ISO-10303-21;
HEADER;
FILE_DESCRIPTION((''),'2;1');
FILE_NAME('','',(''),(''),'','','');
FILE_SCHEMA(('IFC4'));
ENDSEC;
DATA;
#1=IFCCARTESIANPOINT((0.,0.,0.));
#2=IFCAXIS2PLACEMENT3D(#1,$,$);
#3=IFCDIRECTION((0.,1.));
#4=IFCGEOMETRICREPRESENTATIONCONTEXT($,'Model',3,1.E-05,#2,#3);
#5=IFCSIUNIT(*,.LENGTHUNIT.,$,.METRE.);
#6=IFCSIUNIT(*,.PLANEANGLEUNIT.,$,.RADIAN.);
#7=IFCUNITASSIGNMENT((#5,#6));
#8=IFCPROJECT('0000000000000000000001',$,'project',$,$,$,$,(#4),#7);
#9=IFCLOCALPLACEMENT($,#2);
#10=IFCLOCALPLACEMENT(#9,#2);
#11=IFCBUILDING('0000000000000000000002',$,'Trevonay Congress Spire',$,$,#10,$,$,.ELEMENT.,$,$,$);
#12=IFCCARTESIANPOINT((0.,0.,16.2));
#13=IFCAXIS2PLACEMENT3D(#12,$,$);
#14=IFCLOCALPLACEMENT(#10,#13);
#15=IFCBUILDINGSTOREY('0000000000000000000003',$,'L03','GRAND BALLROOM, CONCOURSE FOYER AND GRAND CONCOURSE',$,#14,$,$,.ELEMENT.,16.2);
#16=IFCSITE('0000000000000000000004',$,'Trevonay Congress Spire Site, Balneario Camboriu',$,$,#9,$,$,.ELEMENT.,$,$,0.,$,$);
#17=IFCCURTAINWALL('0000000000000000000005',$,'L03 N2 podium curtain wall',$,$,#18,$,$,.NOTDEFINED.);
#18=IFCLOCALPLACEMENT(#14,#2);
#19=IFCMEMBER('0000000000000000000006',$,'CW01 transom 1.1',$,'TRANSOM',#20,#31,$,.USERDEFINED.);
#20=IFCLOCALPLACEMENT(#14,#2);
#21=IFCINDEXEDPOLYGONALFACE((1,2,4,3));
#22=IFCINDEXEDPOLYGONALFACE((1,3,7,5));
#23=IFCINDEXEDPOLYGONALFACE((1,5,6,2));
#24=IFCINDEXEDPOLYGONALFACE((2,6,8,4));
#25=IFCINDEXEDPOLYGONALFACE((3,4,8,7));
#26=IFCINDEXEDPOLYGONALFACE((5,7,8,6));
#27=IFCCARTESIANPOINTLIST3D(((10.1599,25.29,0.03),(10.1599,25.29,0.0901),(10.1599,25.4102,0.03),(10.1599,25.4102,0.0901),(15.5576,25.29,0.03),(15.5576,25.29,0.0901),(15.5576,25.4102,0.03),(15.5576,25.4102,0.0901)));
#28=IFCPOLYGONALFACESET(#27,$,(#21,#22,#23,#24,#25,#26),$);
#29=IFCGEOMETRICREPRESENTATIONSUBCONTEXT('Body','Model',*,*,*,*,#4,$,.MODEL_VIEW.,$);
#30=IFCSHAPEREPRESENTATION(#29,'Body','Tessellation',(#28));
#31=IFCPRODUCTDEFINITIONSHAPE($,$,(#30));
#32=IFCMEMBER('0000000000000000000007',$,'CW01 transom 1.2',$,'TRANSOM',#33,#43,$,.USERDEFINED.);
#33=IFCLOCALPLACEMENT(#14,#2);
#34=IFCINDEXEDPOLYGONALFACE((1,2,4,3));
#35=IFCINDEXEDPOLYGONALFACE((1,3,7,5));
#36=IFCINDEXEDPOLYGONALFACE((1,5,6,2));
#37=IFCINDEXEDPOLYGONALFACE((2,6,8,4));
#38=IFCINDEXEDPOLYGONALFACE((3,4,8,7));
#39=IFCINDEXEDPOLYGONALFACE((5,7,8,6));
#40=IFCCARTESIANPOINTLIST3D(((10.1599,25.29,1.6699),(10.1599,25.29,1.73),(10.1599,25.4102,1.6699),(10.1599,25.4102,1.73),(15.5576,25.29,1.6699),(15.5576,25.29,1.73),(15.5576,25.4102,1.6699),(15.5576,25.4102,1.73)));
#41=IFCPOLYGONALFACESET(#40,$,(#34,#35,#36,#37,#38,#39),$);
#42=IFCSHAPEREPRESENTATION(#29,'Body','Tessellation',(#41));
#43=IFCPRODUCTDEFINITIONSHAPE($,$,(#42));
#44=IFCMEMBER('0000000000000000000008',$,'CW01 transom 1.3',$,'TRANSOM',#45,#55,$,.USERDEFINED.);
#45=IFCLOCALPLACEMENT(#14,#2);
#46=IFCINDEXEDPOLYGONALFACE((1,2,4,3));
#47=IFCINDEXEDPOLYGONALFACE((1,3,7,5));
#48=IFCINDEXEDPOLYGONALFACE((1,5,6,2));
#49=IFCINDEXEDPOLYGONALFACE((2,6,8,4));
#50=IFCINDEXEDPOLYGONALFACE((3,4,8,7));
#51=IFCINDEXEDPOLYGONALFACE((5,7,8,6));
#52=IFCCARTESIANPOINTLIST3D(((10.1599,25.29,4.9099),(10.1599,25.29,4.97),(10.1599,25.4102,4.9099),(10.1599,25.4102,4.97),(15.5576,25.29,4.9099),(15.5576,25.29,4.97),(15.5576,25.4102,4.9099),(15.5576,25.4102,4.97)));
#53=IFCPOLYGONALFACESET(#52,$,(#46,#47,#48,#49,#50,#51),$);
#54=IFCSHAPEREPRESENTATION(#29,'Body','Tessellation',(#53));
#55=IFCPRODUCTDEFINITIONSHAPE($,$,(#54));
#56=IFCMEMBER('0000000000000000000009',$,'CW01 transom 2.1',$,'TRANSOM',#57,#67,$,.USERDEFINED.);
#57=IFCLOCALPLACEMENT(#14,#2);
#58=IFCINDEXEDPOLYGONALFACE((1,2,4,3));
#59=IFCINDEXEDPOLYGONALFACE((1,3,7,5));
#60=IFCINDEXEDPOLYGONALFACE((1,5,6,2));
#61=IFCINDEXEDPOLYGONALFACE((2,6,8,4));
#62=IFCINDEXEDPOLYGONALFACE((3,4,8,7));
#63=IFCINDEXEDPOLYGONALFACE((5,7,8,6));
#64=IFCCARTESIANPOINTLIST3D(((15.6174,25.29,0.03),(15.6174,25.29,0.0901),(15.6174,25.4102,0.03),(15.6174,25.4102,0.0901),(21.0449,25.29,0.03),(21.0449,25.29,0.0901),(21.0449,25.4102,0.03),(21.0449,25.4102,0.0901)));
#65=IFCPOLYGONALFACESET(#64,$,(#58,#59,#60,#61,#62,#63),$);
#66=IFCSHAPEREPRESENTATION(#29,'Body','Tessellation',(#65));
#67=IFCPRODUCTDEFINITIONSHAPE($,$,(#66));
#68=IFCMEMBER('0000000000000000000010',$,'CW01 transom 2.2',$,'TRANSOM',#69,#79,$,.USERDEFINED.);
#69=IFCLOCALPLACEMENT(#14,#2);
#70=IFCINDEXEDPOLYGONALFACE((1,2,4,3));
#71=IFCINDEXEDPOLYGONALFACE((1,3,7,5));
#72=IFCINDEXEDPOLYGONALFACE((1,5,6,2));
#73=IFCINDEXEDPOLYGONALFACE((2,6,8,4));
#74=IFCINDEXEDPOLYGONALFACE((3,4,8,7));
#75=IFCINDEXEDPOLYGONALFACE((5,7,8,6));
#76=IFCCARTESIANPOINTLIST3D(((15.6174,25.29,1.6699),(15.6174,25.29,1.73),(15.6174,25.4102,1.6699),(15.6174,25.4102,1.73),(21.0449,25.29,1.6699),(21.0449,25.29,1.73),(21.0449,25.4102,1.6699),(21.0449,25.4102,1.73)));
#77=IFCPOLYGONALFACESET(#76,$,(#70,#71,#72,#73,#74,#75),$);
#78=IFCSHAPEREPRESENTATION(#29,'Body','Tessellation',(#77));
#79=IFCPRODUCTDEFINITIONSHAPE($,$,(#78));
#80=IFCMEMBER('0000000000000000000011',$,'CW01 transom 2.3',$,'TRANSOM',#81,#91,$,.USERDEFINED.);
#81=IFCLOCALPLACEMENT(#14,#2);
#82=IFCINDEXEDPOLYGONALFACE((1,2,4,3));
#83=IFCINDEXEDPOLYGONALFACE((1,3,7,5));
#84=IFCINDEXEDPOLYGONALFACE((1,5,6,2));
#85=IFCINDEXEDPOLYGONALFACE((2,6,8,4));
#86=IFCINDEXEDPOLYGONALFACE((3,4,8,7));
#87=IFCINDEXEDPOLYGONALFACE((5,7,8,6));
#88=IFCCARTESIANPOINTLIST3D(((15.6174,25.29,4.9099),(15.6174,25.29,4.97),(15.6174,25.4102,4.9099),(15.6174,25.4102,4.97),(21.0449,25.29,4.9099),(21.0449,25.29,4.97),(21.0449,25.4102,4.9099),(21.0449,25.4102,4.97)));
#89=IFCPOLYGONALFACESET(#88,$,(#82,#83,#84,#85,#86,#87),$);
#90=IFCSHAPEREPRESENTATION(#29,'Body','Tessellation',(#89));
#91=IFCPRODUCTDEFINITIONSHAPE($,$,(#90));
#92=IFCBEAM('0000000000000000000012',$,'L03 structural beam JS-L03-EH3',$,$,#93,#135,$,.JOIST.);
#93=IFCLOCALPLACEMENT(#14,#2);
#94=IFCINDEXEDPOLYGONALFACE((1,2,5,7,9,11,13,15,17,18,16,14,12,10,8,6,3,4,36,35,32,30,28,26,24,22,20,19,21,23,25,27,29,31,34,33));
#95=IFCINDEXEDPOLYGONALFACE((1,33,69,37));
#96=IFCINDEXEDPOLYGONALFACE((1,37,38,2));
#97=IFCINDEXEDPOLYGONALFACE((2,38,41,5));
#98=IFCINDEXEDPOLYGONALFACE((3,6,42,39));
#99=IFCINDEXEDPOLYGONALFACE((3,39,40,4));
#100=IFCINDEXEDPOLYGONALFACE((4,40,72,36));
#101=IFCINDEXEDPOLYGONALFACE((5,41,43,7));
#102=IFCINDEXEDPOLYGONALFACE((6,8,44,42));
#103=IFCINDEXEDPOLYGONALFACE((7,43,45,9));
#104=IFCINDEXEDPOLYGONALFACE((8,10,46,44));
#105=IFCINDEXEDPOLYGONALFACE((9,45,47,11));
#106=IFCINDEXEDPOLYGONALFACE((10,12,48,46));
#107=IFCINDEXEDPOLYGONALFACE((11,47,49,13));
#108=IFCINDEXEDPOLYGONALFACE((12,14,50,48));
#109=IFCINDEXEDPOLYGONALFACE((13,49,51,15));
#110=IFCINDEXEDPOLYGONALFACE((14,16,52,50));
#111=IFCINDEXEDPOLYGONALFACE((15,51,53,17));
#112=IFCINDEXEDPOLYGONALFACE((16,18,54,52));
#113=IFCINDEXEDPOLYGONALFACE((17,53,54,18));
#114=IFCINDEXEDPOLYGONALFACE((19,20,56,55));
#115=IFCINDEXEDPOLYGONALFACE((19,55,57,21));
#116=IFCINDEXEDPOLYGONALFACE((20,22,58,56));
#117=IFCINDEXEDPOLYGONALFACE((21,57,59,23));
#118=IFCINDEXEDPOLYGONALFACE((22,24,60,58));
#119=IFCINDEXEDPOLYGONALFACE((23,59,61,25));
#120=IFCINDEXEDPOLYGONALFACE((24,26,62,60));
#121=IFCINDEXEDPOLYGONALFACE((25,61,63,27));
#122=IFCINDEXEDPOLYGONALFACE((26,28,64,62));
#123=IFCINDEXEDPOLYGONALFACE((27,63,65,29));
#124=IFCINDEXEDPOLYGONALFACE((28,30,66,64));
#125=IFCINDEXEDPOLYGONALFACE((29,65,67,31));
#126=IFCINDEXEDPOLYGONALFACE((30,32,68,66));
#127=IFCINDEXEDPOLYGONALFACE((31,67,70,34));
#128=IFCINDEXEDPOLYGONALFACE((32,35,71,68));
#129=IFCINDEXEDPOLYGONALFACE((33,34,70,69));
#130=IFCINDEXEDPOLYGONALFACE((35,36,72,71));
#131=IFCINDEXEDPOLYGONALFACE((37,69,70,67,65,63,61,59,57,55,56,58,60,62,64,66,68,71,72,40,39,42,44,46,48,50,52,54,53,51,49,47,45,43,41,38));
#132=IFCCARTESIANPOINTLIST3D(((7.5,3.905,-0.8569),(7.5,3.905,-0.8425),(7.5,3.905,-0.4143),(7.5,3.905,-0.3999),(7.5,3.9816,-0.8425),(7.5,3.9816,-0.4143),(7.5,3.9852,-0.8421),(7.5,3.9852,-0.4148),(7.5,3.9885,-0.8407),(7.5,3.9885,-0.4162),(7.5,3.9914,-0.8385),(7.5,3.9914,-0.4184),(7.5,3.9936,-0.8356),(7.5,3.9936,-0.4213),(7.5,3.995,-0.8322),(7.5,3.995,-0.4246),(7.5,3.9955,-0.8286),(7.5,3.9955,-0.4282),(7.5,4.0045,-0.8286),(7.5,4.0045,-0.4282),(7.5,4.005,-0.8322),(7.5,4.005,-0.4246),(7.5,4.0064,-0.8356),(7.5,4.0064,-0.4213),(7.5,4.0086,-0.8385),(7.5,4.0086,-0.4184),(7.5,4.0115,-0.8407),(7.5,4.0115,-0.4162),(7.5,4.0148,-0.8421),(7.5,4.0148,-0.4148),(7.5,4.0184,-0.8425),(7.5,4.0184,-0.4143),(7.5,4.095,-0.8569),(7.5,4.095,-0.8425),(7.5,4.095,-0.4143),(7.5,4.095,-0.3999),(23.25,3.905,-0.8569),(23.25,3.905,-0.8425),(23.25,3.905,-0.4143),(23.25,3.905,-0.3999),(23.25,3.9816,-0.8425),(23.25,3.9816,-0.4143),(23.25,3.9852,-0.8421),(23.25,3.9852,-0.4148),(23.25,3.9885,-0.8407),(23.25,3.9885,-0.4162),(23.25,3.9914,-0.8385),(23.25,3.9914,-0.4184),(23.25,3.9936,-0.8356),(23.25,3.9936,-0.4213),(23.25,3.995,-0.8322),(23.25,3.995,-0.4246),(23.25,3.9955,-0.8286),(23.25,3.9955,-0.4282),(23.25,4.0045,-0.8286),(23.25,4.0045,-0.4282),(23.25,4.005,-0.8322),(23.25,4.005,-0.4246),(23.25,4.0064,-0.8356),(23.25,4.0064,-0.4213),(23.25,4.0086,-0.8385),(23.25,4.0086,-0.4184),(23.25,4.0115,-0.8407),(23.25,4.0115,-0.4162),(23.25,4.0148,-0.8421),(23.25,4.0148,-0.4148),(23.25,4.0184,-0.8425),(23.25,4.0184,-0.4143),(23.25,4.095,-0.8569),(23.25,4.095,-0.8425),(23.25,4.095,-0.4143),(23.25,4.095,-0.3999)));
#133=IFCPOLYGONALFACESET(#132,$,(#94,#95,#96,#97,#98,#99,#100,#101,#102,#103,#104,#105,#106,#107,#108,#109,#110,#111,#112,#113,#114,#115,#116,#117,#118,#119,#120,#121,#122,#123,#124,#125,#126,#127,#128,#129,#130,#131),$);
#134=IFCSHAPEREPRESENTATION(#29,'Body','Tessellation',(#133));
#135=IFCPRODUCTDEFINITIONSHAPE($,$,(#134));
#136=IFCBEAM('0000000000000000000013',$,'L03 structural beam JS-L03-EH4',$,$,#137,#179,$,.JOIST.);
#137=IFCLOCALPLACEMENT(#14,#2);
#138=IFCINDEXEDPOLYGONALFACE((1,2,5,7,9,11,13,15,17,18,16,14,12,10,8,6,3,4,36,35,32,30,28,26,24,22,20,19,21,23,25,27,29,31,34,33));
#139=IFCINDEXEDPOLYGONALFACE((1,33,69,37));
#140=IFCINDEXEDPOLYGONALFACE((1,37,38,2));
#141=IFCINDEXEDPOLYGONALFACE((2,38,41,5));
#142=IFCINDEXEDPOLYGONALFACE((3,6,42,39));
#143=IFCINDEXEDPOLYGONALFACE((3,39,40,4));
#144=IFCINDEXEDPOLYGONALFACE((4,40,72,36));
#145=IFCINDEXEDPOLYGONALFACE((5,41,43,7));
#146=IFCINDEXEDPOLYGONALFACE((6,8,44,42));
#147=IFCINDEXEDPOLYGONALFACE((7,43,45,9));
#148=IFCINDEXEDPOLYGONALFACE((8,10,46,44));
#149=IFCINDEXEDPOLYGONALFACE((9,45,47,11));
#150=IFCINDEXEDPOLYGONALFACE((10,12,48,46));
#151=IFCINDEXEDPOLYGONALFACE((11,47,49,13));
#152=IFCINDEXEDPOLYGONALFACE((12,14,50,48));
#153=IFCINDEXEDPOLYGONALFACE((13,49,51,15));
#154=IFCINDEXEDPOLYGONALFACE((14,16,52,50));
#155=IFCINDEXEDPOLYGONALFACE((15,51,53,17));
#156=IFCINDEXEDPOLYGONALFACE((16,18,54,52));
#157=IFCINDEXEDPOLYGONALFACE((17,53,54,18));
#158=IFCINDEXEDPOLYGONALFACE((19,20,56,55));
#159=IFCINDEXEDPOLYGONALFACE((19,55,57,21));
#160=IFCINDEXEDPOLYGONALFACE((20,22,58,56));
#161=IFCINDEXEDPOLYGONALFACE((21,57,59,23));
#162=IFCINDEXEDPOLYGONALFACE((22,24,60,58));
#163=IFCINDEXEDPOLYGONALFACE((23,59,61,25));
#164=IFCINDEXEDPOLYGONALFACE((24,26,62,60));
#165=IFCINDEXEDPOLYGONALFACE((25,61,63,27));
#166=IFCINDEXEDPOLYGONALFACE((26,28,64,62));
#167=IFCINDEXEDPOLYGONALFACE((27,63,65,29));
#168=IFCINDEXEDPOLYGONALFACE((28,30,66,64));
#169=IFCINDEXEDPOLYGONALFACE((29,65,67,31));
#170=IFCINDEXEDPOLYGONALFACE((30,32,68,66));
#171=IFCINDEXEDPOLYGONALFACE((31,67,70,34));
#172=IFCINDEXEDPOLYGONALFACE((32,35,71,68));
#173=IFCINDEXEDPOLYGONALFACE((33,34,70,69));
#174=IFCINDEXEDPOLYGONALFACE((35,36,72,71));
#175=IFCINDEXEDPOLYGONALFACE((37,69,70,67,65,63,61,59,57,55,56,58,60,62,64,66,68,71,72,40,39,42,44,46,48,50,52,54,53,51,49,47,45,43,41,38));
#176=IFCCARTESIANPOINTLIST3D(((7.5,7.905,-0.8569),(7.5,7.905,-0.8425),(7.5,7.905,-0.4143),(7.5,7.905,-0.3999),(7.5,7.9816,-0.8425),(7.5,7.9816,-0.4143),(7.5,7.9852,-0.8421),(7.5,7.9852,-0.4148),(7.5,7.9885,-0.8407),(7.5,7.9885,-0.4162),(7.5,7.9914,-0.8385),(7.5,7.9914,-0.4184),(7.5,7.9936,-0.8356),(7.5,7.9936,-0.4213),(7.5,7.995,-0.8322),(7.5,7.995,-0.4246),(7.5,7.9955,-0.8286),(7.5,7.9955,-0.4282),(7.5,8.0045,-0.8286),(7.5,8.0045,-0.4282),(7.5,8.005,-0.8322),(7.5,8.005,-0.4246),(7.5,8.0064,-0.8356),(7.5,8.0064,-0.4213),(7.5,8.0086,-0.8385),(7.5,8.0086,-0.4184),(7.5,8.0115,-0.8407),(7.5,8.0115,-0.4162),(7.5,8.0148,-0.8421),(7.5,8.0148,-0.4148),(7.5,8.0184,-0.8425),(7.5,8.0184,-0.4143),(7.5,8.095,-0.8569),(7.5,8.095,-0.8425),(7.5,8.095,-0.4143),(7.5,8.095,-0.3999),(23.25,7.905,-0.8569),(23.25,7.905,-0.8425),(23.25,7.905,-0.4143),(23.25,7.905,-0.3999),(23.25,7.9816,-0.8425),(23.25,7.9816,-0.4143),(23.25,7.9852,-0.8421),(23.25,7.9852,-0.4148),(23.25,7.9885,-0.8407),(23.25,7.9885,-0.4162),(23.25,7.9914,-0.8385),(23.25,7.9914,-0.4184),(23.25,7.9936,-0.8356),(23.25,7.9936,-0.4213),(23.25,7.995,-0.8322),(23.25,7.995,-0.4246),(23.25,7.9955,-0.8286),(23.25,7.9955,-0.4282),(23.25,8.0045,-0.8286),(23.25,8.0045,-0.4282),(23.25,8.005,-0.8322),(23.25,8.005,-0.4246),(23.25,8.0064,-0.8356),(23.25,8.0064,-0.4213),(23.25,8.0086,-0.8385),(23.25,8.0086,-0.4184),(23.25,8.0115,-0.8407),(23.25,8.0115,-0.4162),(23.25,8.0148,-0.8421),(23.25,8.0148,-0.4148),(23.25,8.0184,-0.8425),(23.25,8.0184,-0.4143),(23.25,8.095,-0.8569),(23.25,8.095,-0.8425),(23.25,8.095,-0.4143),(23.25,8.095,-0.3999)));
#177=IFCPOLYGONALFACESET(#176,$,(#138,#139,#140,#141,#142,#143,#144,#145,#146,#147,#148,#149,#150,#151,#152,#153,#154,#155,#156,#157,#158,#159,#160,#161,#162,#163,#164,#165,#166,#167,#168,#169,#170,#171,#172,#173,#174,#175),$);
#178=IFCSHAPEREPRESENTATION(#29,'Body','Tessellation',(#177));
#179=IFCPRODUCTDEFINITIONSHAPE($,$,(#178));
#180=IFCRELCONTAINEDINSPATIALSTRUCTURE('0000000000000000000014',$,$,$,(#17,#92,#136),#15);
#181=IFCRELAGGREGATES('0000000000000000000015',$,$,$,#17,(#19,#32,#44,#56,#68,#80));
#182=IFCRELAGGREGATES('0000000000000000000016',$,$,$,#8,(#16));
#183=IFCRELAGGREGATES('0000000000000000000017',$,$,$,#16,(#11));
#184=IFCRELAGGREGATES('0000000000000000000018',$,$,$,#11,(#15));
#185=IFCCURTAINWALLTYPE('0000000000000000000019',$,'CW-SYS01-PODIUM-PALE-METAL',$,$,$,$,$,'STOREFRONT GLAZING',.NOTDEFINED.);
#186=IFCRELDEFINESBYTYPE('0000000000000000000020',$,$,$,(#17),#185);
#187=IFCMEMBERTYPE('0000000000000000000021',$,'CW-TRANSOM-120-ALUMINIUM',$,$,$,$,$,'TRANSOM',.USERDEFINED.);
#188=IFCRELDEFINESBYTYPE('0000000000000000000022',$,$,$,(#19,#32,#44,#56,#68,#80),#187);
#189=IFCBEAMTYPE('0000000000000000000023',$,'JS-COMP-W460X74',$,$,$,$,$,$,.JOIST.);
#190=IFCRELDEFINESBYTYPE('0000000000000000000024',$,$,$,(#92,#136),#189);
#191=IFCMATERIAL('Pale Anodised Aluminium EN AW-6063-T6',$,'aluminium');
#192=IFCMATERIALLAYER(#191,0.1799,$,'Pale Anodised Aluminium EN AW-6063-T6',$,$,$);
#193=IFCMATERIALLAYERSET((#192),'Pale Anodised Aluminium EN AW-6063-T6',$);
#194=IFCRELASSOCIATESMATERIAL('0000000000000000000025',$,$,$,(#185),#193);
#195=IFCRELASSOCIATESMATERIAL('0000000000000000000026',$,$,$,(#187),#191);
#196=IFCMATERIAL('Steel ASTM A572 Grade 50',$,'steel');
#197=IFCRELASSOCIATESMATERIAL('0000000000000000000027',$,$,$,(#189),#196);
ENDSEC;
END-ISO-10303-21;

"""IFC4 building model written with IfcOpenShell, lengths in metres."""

from ifc_helpers import new_model, si_unit, direction, frame, origin, origin_2d, place, context, subcontext, project, spatial, rectangle, i_section, extrude, material, layer, layer_set, material_profile, profile_set, type_object, element, aggregate, save


model = new_model("IFC4")

# Units and contexts
model_context = context("Model", 3, precision=1e-05, world=origin(), true_north=direction((0.0, 1.0)))
body_context = subcontext(model_context, "Body", "Model", "MODEL_VIEW")
ifc_project = project(units=[si_unit("LENGTHUNIT", "METRE"), si_unit("PLANEANGLEUNIT", "RADIAN")], contexts=[model_context])

# Site, building, storey
site_placement = place(None, origin())
site = spatial("IfcSite", under=ifc_project, at=site_placement, Name="Trevonay Congress Spire Site, Balneario Camboriu", CompositionType="ELEMENT", RefElevation=0.0)
building_placement = place(site_placement, origin())
building = spatial("IfcBuilding", under=site, at=building_placement, Name="Trevonay Congress Spire", CompositionType="ELEMENT")
storey_placement = place(building_placement, frame((0.0, 0.0, 16.2)))
storey = spatial("IfcBuildingStorey", under=building, at=storey_placement, Name="L03", Description="GRAND BALLROOM, CONCOURSE FOYER AND GRAND CONCOURSE", CompositionType="ELEMENT", Elevation=16.2)

# Shared definitions
ifc_material_1 = material(Name="Steel ASTM A572 Grade 50", Category="steel")

# Shared definitions
ifc_material_2 = material(Name="Pale Anodised Aluminium EN AW-6063-T6", Category="aluminium")
ifc_layer_1 = layer(ifc_material_2, 0.1799, Name="Pale Anodised Aluminium EN AW-6063-T6")
ifc_layer_set_1 = layer_set([ifc_layer_1], Name="Pale Anodised Aluminium EN AW-6063-T6")
curtain_wall_type = type_object("IfcCurtainWallType", Name="CW-SYS01-PODIUM-PALE-METAL", ElementType="STOREFRONT GLAZING", PredefinedType="NOTDEFINED", material=ifc_layer_set_1)

# Curtain wall, members
curtain_wall_1_placement = place(storey_placement, origin())
curtain_wall_1 = element("IfcCurtainWall", 1, at=curtain_wall_1_placement, inside=storey, type_object=curtain_wall_type, Name="L03 N2 podium curtain wall", PredefinedType="NOTDEFINED")
ifc_material_profile_1 = material_profile(ifc_material_2, rectangle(XDim=0.1201, YDim=0.0601, at=origin_2d()), Name="CW-TRANSOM-120-ALUMINIUM")
ifc_profile_set_1 = profile_set([ifc_material_profile_1], Name="Pale Anodised Aluminium EN AW-6063-T6")
member_type_1 = type_object("IfcMemberType", Name="CW-TRANSOM-120-ALUMINIUM", ElementType="TRANSOM", PredefinedType="USERDEFINED", material=ifc_profile_set_1)
member_1_placement = place(storey_placement, frame((10.1599, 25.3501, 0.0601), z_axis=(1.0, 0.0, 0.0), x_axis=(0.0, 1.0, 0.0)))
member_1 = element("IfcMember", 2, at=member_1_placement, type_object=member_type_1, Name="CW01 transom 1.1", ObjectType="TRANSOM", PredefinedType="USERDEFINED", context=body_context, shape_type="SweptSolid", body=[
    extrude(rectangle(XDim=0.1201, YDim=0.0601, at=origin_2d()), origin(), (0.0, 0.0, 1.0), 5.3977),
])
member_2_placement = place(storey_placement, frame((10.1599, 25.3501, 1.7), z_axis=(1.0, 0.0, 0.0), x_axis=(0.0, 1.0, 0.0)))
member_2 = element("IfcMember", 3, at=member_2_placement, type_object=member_type_1, Name="CW01 transom 1.2", ObjectType="TRANSOM", PredefinedType="USERDEFINED", context=body_context, shape_type="SweptSolid", body=[
    extrude(rectangle(XDim=0.1201, YDim=0.0601, at=origin_2d()), origin(), (0.0, 0.0, 1.0), 5.3977),
])
member_3_placement = place(storey_placement, frame((10.1599, 25.3501, 4.9399), z_axis=(1.0, 0.0, 0.0), x_axis=(0.0, 1.0, 0.0)))
member_3 = element("IfcMember", 4, at=member_3_placement, type_object=member_type_1, Name="CW01 transom 1.3", ObjectType="TRANSOM", PredefinedType="USERDEFINED", context=body_context, shape_type="SweptSolid", body=[
    extrude(rectangle(XDim=0.1201, YDim=0.0601, at=origin_2d()), origin(), (0.0, 0.0, 1.0), 5.3977),
])
member_4_placement = place(storey_placement, frame((15.6174, 25.3501, 0.0601), z_axis=(1.0, 0.0, 0.0), x_axis=(0.0, 1.0, 0.0)))
member_4 = element("IfcMember", 5, at=member_4_placement, type_object=member_type_1, Name="CW01 transom 2.1", ObjectType="TRANSOM", PredefinedType="USERDEFINED", context=body_context, shape_type="SweptSolid", body=[
    extrude(rectangle(XDim=0.1201, YDim=0.0601, at=origin_2d()), origin(), (0.0, 0.0, 1.0), 5.4275),
])
member_5_placement = place(storey_placement, frame((15.6174, 25.3501, 1.7), z_axis=(1.0, 0.0, 0.0), x_axis=(0.0, 1.0, 0.0)))
member_5 = element("IfcMember", 6, at=member_5_placement, type_object=member_type_1, Name="CW01 transom 2.2", ObjectType="TRANSOM", PredefinedType="USERDEFINED", context=body_context, shape_type="SweptSolid", body=[
    extrude(rectangle(XDim=0.1201, YDim=0.0601, at=origin_2d()), origin(), (0.0, 0.0, 1.0), 5.4275),
])
member_6_placement = place(storey_placement, frame((15.6174, 25.3501, 4.9399), z_axis=(1.0, 0.0, 0.0), x_axis=(0.0, 1.0, 0.0)))
member_6 = element("IfcMember", 7, at=member_6_placement, type_object=member_type_1, Name="CW01 transom 2.3", ObjectType="TRANSOM", PredefinedType="USERDEFINED", context=body_context, shape_type="SweptSolid", body=[
    extrude(rectangle(XDim=0.1201, YDim=0.0601, at=origin_2d()), origin(), (0.0, 0.0, 1.0), 5.4275),
])

# Beams
ifc_material_profile_2 = material_profile(ifc_material_1, i_section(OverallWidth=0.1899, OverallDepth=0.457, WebThickness=0.009, FlangeThickness=0.0144, FilletRadius=0.0139, at=origin_2d()), Name="W460x74")
ifc_profile_set_2 = profile_set([ifc_material_profile_2], Name="Steel ASTM A572 Grade 50")
beam_type_1 = type_object("IfcBeamType", Name="JS-COMP-W460X74", PredefinedType="JOIST", material=ifc_profile_set_2)
for number, where, z_axis, x_axis, name in (
    (8, (7.5, 4.0, -0.6284), (1.0, 0.0, 0.0), (0.0, 1.0, 0.0), "L03 structural beam JS-L03-EH3"),
    (9, (7.5, 8.0, -0.6284), (1.0, 0.0, 0.0), (0.0, 1.0, 0.0), "L03 structural beam JS-L03-EH4"),
):
    element("IfcBeam", number, at=place(storey_placement, frame(where, z_axis=z_axis, x_axis=x_axis)), inside=storey, type_object=beam_type_1, Name=name, PredefinedType="JOIST", context=body_context, shape_type="SweptSolid", body=[
        extrude(i_section(OverallWidth=0.1899, OverallDepth=0.457, WebThickness=0.009, FlangeThickness=0.0144, FilletRadius=0.0139, at=origin_2d()), origin(), (0.0, 0.0, 1.0), 15.75),
    ])

aggregate(curtain_wall_1, [member_1, member_2, member_3, member_4, member_5, member_6])

save(model, "model.ifc")
